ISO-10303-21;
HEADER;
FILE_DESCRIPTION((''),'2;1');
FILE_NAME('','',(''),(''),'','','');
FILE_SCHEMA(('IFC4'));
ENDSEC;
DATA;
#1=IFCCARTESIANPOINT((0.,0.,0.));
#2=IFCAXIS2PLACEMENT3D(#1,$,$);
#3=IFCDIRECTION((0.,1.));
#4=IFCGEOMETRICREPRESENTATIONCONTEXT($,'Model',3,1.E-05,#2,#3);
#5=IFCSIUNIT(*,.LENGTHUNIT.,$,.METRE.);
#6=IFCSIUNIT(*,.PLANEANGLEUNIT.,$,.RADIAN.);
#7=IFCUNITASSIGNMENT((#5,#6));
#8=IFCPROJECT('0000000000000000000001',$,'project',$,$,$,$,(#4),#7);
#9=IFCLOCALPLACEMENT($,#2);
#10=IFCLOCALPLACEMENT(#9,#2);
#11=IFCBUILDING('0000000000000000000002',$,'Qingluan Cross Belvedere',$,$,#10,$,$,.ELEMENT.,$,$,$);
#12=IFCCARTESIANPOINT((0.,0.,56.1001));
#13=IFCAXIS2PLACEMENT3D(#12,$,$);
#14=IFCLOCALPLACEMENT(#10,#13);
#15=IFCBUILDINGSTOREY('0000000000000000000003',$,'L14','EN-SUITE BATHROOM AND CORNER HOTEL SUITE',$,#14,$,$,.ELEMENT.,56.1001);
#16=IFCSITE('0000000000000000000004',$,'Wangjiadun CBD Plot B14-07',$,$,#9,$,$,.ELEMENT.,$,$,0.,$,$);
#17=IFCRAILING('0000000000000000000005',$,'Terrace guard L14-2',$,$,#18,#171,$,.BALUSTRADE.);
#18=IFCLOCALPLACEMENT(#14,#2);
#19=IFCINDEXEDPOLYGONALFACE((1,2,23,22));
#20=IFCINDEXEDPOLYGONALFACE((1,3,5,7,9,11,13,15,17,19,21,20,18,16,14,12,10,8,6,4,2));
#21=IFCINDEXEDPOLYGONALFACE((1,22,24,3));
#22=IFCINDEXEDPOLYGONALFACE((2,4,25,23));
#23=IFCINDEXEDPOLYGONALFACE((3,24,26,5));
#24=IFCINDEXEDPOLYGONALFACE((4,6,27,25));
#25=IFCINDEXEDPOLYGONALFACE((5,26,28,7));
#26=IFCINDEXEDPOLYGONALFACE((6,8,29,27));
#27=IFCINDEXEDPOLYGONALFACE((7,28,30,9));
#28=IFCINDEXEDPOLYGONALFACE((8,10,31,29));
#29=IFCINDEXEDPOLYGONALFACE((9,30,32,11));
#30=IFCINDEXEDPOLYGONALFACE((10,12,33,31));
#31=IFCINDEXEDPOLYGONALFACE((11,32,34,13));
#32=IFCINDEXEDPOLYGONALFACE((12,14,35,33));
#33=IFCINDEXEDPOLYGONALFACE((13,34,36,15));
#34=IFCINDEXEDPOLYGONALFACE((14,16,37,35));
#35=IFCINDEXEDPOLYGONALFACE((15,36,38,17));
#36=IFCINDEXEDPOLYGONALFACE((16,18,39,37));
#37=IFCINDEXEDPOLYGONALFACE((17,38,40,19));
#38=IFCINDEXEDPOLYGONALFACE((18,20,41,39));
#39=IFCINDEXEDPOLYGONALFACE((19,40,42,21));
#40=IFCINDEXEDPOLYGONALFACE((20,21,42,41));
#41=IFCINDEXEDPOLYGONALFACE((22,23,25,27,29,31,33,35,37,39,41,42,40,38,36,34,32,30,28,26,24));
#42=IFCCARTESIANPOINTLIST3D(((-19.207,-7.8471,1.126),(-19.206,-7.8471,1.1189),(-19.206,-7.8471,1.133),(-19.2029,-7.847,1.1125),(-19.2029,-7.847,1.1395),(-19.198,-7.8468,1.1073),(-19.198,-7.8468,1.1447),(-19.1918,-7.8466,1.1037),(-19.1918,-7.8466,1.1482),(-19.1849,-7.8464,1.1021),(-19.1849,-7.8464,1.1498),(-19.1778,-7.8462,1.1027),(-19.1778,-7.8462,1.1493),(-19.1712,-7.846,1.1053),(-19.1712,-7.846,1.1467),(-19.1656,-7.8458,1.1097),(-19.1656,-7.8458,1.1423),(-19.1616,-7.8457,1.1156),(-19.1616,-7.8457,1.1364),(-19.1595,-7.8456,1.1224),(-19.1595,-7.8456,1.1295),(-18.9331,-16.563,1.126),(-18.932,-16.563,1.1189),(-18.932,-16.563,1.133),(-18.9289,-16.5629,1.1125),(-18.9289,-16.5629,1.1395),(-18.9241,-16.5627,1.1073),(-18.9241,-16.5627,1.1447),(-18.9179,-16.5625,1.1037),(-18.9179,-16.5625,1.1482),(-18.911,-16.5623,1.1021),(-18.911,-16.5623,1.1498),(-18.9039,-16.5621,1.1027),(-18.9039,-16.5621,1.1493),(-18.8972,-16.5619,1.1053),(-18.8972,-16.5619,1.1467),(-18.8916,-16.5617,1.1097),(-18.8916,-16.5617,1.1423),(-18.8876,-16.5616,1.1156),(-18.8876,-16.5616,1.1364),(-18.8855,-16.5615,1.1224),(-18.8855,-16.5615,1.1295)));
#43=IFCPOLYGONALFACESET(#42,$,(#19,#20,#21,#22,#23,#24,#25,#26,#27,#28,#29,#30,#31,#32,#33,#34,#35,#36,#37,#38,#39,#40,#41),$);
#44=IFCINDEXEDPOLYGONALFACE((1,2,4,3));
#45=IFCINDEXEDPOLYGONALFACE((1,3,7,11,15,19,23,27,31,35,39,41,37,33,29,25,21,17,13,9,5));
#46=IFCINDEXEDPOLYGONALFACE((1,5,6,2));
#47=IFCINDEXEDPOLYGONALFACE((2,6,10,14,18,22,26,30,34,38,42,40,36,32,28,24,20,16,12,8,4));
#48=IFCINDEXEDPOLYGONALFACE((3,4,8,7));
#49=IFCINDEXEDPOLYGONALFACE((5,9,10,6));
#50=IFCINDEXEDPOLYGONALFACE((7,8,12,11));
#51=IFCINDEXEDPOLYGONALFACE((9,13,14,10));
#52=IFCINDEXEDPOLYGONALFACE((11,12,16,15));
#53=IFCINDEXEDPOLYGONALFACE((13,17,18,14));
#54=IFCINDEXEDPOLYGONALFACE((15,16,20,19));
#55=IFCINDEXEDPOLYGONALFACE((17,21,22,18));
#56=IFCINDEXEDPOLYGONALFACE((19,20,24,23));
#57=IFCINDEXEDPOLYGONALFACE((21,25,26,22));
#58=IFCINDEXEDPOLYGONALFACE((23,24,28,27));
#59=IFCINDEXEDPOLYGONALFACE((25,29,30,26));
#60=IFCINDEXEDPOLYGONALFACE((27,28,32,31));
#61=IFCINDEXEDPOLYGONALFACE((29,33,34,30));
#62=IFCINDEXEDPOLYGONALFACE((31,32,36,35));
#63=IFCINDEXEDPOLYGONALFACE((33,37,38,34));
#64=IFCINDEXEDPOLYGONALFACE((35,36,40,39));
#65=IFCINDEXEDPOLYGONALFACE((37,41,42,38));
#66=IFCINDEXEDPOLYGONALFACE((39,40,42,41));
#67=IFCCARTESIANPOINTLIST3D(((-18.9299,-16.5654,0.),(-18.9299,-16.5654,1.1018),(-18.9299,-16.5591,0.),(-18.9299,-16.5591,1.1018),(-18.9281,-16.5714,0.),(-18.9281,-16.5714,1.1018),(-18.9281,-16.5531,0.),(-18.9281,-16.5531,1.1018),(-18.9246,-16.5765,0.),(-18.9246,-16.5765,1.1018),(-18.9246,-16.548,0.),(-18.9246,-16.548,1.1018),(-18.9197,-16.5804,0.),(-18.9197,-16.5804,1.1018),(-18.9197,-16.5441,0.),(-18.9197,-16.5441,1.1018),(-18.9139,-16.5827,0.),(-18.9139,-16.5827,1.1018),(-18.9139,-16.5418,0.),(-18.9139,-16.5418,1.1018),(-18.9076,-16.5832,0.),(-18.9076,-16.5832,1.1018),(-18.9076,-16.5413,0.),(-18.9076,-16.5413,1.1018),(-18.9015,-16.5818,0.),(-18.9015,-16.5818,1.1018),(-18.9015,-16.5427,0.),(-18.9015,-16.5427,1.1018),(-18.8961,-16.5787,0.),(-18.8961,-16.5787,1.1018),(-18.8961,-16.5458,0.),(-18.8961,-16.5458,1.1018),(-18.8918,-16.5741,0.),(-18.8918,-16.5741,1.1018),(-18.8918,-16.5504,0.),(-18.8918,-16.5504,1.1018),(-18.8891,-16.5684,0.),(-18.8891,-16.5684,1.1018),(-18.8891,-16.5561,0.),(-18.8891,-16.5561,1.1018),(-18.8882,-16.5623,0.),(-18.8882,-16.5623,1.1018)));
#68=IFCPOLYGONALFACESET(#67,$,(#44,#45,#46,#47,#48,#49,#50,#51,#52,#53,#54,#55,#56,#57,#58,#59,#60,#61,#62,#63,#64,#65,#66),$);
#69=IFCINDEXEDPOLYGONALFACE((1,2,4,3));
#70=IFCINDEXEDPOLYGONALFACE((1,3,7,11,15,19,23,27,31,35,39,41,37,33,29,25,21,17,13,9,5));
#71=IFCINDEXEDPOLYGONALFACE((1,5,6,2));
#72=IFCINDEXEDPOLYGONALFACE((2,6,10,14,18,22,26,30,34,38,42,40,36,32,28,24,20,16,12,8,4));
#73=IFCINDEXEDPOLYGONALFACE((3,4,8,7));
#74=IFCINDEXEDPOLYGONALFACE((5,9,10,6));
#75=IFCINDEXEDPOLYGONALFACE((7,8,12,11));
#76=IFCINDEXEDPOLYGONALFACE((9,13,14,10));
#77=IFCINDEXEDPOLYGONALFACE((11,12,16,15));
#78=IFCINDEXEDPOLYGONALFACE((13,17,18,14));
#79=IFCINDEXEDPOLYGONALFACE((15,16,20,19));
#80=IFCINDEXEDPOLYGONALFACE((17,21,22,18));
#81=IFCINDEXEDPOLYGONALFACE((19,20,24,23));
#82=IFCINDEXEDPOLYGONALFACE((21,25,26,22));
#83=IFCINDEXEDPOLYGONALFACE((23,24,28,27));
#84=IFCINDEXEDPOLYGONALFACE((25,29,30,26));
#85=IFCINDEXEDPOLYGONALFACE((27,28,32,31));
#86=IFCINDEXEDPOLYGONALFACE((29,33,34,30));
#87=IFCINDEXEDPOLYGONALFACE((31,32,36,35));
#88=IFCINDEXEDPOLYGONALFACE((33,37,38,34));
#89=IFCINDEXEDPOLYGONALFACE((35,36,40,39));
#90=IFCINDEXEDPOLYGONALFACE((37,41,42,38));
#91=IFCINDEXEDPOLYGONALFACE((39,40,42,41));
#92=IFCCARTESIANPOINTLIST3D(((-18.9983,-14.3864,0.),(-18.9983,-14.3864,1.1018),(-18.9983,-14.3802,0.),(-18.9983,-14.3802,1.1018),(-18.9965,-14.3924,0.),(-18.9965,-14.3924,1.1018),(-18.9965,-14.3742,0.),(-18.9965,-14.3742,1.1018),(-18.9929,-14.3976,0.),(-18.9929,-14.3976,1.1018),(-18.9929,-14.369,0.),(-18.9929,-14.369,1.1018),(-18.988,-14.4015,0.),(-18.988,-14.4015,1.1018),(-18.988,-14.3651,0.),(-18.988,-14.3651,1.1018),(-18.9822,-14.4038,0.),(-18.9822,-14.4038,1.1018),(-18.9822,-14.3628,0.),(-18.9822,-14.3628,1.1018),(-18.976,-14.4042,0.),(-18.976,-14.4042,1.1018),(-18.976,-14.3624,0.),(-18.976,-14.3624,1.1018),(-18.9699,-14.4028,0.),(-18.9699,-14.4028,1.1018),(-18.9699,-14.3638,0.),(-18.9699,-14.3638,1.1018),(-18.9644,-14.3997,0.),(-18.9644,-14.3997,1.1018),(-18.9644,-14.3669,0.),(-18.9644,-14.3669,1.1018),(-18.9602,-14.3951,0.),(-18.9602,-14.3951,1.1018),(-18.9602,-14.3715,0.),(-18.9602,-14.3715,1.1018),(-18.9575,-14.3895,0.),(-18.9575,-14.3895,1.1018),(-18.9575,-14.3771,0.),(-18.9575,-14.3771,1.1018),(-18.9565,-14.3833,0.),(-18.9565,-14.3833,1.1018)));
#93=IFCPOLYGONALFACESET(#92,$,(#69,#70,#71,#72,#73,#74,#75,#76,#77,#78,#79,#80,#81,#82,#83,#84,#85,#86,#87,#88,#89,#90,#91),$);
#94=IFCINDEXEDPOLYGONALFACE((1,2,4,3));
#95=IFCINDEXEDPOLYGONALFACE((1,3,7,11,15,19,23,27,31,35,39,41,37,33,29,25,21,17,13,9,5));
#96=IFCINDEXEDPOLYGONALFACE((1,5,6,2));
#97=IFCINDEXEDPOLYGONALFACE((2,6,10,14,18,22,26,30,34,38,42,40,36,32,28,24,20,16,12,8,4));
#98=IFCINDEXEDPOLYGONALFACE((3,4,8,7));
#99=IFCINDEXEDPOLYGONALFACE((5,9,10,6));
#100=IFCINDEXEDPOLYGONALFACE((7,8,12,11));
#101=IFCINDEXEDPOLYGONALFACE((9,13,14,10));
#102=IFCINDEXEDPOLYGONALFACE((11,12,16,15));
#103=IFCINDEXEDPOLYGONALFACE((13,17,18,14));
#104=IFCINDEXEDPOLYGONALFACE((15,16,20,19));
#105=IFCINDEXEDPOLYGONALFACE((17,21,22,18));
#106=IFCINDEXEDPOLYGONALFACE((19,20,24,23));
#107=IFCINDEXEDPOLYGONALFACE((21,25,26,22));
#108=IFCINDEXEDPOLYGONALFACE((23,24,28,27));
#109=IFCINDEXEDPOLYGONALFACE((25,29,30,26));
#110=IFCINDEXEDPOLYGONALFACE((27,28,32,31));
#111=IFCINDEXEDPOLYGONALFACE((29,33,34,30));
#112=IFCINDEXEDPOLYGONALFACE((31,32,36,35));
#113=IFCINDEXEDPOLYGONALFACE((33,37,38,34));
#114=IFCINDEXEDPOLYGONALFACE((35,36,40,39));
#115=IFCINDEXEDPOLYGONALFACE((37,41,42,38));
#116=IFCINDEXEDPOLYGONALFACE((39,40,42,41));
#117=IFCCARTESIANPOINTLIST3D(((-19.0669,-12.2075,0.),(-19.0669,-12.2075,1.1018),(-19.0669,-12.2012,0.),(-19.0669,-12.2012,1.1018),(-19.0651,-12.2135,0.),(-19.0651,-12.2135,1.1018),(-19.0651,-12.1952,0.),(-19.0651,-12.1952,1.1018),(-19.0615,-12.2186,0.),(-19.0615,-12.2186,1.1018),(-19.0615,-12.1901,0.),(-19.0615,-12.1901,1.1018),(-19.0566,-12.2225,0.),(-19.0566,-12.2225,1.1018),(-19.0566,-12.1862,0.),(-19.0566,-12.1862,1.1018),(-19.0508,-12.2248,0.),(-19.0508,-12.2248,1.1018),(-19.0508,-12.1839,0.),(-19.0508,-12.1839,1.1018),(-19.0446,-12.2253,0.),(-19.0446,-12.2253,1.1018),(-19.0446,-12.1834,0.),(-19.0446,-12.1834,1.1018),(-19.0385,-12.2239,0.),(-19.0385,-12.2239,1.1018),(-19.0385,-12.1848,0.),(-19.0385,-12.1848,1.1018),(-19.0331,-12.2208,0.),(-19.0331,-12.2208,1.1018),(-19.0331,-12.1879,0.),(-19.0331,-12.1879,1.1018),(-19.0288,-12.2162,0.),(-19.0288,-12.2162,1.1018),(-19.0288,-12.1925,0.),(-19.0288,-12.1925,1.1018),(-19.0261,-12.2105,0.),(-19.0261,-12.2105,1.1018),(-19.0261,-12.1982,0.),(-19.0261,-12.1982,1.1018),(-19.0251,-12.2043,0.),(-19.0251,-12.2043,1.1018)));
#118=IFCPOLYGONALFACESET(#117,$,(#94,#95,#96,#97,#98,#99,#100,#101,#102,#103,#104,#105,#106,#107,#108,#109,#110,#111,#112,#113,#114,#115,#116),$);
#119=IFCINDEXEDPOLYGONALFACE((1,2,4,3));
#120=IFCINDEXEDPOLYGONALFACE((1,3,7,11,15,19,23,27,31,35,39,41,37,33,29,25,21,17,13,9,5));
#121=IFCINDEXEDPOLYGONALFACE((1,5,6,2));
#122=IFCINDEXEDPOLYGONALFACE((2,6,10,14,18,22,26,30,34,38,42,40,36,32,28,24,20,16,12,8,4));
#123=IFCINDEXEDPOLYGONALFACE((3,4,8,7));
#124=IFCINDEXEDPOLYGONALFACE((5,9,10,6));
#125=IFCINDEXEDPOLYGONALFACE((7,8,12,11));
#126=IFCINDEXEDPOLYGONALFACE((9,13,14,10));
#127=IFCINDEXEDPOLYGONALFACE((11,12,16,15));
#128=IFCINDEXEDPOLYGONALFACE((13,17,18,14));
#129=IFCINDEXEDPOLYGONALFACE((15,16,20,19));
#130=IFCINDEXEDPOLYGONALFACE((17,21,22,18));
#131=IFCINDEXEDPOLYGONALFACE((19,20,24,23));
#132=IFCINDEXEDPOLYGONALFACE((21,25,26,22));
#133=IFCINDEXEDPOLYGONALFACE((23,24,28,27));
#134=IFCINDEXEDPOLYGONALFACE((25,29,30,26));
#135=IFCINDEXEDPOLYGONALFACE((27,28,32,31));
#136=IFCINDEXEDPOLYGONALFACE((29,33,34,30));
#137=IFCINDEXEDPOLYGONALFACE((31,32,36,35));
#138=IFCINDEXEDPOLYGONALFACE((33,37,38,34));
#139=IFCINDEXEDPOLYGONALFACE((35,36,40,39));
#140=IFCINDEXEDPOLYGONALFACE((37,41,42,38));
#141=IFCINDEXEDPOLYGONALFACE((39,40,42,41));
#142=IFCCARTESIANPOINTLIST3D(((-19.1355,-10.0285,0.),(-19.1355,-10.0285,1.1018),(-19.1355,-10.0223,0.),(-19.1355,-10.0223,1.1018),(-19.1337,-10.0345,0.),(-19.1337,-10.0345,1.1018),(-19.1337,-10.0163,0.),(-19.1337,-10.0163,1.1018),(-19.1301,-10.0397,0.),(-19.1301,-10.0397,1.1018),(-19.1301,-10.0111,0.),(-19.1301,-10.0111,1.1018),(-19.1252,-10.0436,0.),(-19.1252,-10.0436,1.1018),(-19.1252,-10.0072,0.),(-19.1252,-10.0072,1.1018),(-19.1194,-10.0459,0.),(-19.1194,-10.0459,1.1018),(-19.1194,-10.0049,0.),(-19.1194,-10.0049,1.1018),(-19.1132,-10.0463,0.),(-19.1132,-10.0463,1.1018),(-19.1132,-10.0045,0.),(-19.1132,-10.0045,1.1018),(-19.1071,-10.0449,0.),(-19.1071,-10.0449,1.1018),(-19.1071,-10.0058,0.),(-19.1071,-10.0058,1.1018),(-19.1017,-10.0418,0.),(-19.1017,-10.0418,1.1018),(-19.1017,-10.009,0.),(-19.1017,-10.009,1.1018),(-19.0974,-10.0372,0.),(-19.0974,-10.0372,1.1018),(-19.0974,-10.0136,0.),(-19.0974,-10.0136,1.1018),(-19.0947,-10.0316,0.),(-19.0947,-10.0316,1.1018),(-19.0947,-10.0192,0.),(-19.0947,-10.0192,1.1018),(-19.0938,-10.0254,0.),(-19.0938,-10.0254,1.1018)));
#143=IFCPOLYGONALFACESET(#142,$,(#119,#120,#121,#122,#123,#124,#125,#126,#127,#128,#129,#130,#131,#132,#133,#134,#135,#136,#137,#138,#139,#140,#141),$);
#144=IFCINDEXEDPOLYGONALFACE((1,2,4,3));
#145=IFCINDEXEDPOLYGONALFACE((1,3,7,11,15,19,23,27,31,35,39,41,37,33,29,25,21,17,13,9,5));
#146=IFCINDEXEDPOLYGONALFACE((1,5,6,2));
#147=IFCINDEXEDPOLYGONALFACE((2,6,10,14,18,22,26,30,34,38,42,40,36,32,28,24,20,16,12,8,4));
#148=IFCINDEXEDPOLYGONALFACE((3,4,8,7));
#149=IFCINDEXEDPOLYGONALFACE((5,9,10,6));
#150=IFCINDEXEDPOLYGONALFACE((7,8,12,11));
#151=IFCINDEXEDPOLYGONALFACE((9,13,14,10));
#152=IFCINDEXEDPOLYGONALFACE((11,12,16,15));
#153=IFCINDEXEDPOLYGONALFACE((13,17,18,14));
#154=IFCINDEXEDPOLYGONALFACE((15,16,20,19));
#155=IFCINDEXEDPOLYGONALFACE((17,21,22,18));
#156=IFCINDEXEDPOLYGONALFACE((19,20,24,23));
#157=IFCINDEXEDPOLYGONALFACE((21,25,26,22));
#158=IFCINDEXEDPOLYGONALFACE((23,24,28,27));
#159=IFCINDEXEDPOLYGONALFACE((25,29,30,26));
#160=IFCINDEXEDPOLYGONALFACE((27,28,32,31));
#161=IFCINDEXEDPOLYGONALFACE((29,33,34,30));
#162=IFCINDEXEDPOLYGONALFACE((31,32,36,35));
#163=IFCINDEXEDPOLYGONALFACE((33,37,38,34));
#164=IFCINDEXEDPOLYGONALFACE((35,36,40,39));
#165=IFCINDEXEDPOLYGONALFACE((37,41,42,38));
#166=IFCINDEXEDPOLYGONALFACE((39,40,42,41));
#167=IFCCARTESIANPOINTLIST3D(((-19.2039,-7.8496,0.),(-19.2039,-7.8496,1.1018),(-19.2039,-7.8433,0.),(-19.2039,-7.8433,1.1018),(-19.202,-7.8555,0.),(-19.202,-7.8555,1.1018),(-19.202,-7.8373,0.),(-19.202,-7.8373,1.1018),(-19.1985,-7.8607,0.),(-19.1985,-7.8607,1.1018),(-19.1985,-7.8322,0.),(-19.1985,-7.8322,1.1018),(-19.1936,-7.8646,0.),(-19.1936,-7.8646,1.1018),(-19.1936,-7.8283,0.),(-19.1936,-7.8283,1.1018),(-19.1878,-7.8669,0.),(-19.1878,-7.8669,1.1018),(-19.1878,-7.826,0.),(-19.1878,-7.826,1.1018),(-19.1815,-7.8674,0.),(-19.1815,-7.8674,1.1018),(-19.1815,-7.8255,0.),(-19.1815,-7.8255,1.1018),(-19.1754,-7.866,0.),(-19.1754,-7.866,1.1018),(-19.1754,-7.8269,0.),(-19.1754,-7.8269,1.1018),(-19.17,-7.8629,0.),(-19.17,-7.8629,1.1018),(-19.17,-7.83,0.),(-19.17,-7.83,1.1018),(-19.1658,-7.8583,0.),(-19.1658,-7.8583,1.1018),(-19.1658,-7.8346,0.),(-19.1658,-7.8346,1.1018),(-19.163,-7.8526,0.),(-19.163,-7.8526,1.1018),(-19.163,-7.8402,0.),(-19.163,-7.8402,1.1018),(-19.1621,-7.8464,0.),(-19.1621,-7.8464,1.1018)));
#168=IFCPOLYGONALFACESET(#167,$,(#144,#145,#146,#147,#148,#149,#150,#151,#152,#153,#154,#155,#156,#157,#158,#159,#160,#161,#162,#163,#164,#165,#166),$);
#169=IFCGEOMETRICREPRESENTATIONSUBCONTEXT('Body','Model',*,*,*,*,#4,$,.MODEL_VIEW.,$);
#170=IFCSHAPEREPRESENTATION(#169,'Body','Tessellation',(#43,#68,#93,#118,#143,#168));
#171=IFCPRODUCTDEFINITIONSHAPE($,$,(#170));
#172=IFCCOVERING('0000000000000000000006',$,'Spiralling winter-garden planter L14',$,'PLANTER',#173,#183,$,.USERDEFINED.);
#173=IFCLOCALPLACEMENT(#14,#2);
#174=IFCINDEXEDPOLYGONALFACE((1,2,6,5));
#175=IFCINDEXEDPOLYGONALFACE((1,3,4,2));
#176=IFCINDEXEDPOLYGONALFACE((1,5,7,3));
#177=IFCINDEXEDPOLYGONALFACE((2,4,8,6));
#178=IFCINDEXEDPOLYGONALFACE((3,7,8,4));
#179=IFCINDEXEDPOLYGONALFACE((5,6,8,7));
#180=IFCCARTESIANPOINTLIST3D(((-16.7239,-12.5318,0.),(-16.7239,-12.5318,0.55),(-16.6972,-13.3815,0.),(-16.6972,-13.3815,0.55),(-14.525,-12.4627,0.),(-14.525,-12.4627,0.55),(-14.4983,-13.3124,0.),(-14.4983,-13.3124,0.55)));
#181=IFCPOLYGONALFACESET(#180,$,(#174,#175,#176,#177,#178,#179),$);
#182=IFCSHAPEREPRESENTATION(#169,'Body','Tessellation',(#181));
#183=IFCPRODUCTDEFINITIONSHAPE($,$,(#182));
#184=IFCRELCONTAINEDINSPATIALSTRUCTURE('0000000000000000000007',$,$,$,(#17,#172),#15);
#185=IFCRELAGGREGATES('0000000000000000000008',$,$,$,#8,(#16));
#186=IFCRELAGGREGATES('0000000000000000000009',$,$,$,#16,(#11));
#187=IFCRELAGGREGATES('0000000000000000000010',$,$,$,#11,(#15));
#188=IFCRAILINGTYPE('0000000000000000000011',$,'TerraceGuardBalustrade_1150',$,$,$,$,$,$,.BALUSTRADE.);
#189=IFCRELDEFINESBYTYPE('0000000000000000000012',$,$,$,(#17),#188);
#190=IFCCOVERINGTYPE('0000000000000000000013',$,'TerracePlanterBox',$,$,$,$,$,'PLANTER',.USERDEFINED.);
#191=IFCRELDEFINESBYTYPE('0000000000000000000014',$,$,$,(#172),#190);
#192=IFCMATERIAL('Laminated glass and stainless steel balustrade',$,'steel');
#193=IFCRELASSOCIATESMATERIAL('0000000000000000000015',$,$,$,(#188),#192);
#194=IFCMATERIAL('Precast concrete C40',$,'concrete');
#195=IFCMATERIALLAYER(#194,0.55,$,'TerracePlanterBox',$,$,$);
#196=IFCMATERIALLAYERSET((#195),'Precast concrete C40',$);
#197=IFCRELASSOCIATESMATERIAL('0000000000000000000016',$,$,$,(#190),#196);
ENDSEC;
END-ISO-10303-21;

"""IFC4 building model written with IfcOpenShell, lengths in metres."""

from ifc_helpers import new_model, si_unit, direction, frame, origin, origin_2d, place, context, subcontext, project, spatial, rectangle, circle, extrude, material, layer, layer_set, type_object, element, save


model = new_model("IFC4")

# Units and contexts
model_context = context("Model", 3, precision=1e-05, world=origin(), true_north=direction((0.0, 1.0)))
body_context = subcontext(model_context, "Body", "Model", "MODEL_VIEW")
ifc_project = project(units=[si_unit("LENGTHUNIT", "METRE"), si_unit("PLANEANGLEUNIT", "RADIAN")], contexts=[model_context])

# Site, building, storey
site_placement = place(None, origin())
site = spatial("IfcSite", under=ifc_project, at=site_placement, Name="Wangjiadun CBD Plot B14-07", CompositionType="ELEMENT", RefElevation=0.0)
building_placement = place(site_placement, origin())
building = spatial("IfcBuilding", under=site, at=building_placement, Name="Qingluan Cross Belvedere", CompositionType="ELEMENT")
storey_placement = place(building_placement, frame((0.0, 0.0, 56.1001)))
storey = spatial("IfcBuildingStorey", under=building, at=storey_placement, Name="L14", Description="EN-SUITE BATHROOM AND CORNER HOTEL SUITE", CompositionType="ELEMENT", Elevation=56.1001)

# Railing
ifc_material_1 = material(Name="Laminated glass and stainless steel balustrade", Category="steel")
railing_type = type_object("IfcRailingType", Name="TerraceGuardBalustrade_1150", PredefinedType="BALUSTRADE", material=ifc_material_1)
railing_placement = place(storey_placement, frame((-18.9092, -16.5623, 0.0)))
element("IfcRailing", 1, at=railing_placement, inside=storey, type_object=railing_type, Name="Terrace guard L14-2", PredefinedType="BALUSTRADE", context=body_context, shape_type="SweptSolid", body=[
    extrude(circle(Radius=0.0239, at=origin_2d()), frame((0.0, 0.0, 1.126), z_axis=(-0.031413, 0.999506, 0.0), x_axis=(-0.999506, -0.031413, 0.0)), (0.0, 0.0, 1.0), 8.7202),
    extrude(circle(Radius=0.021, at=origin_2d()), origin(), (0.0, 0.0, 1.0), 1.1018),
    extrude(circle(Radius=0.021, at=origin_2d()), frame((-0.0684, 2.179, 0.0)), (0.0, 0.0, 1.0), 1.1018),
    extrude(circle(Radius=0.021, at=origin_2d()), frame((-0.137, 4.3579, 0.0)), (0.0, 0.0, 1.0), 1.1018),
    extrude(circle(Radius=0.021, at=origin_2d()), frame((-0.2056, 6.5369, 0.0)), (0.0, 0.0, 1.0), 1.1018),
    extrude(circle(Radius=0.021, at=origin_2d()), frame((-0.2739, 8.7158, 0.0)), (0.0, 0.0, 1.0), 1.1018),
])

# Covering
ifc_material_2 = material(Name="Precast concrete C40", Category="concrete")
ifc_layer_1 = layer(ifc_material_2, 0.55, Name="TerracePlanterBox")
ifc_layer_set_1 = layer_set([ifc_layer_1], Name="Precast concrete C40")
covering_type_1 = type_object("IfcCoveringType", Name="TerracePlanterBox", ElementType="PLANTER", PredefinedType="USERDEFINED", material=ifc_layer_set_1)
covering_1_placement = place(storey_placement, frame((-15.6111, -12.9221, 0.0), z_axis=(0.0, 0.0, 1.0), x_axis=(0.999507, 0.031411, 0.0)))
element("IfcCovering", 2, at=covering_1_placement, inside=storey, type_object=covering_type_1, Name="Spiralling winter-garden planter L14", ObjectType="PLANTER", PredefinedType="USERDEFINED", context=body_context, shape_type="SweptSolid", body=[
    extrude(rectangle(XDim=2.2, YDim=0.8501, at=origin_2d()), origin(), (0.0, 0.0, 1.0), 0.55),
])

save(model, "model.ifc")
